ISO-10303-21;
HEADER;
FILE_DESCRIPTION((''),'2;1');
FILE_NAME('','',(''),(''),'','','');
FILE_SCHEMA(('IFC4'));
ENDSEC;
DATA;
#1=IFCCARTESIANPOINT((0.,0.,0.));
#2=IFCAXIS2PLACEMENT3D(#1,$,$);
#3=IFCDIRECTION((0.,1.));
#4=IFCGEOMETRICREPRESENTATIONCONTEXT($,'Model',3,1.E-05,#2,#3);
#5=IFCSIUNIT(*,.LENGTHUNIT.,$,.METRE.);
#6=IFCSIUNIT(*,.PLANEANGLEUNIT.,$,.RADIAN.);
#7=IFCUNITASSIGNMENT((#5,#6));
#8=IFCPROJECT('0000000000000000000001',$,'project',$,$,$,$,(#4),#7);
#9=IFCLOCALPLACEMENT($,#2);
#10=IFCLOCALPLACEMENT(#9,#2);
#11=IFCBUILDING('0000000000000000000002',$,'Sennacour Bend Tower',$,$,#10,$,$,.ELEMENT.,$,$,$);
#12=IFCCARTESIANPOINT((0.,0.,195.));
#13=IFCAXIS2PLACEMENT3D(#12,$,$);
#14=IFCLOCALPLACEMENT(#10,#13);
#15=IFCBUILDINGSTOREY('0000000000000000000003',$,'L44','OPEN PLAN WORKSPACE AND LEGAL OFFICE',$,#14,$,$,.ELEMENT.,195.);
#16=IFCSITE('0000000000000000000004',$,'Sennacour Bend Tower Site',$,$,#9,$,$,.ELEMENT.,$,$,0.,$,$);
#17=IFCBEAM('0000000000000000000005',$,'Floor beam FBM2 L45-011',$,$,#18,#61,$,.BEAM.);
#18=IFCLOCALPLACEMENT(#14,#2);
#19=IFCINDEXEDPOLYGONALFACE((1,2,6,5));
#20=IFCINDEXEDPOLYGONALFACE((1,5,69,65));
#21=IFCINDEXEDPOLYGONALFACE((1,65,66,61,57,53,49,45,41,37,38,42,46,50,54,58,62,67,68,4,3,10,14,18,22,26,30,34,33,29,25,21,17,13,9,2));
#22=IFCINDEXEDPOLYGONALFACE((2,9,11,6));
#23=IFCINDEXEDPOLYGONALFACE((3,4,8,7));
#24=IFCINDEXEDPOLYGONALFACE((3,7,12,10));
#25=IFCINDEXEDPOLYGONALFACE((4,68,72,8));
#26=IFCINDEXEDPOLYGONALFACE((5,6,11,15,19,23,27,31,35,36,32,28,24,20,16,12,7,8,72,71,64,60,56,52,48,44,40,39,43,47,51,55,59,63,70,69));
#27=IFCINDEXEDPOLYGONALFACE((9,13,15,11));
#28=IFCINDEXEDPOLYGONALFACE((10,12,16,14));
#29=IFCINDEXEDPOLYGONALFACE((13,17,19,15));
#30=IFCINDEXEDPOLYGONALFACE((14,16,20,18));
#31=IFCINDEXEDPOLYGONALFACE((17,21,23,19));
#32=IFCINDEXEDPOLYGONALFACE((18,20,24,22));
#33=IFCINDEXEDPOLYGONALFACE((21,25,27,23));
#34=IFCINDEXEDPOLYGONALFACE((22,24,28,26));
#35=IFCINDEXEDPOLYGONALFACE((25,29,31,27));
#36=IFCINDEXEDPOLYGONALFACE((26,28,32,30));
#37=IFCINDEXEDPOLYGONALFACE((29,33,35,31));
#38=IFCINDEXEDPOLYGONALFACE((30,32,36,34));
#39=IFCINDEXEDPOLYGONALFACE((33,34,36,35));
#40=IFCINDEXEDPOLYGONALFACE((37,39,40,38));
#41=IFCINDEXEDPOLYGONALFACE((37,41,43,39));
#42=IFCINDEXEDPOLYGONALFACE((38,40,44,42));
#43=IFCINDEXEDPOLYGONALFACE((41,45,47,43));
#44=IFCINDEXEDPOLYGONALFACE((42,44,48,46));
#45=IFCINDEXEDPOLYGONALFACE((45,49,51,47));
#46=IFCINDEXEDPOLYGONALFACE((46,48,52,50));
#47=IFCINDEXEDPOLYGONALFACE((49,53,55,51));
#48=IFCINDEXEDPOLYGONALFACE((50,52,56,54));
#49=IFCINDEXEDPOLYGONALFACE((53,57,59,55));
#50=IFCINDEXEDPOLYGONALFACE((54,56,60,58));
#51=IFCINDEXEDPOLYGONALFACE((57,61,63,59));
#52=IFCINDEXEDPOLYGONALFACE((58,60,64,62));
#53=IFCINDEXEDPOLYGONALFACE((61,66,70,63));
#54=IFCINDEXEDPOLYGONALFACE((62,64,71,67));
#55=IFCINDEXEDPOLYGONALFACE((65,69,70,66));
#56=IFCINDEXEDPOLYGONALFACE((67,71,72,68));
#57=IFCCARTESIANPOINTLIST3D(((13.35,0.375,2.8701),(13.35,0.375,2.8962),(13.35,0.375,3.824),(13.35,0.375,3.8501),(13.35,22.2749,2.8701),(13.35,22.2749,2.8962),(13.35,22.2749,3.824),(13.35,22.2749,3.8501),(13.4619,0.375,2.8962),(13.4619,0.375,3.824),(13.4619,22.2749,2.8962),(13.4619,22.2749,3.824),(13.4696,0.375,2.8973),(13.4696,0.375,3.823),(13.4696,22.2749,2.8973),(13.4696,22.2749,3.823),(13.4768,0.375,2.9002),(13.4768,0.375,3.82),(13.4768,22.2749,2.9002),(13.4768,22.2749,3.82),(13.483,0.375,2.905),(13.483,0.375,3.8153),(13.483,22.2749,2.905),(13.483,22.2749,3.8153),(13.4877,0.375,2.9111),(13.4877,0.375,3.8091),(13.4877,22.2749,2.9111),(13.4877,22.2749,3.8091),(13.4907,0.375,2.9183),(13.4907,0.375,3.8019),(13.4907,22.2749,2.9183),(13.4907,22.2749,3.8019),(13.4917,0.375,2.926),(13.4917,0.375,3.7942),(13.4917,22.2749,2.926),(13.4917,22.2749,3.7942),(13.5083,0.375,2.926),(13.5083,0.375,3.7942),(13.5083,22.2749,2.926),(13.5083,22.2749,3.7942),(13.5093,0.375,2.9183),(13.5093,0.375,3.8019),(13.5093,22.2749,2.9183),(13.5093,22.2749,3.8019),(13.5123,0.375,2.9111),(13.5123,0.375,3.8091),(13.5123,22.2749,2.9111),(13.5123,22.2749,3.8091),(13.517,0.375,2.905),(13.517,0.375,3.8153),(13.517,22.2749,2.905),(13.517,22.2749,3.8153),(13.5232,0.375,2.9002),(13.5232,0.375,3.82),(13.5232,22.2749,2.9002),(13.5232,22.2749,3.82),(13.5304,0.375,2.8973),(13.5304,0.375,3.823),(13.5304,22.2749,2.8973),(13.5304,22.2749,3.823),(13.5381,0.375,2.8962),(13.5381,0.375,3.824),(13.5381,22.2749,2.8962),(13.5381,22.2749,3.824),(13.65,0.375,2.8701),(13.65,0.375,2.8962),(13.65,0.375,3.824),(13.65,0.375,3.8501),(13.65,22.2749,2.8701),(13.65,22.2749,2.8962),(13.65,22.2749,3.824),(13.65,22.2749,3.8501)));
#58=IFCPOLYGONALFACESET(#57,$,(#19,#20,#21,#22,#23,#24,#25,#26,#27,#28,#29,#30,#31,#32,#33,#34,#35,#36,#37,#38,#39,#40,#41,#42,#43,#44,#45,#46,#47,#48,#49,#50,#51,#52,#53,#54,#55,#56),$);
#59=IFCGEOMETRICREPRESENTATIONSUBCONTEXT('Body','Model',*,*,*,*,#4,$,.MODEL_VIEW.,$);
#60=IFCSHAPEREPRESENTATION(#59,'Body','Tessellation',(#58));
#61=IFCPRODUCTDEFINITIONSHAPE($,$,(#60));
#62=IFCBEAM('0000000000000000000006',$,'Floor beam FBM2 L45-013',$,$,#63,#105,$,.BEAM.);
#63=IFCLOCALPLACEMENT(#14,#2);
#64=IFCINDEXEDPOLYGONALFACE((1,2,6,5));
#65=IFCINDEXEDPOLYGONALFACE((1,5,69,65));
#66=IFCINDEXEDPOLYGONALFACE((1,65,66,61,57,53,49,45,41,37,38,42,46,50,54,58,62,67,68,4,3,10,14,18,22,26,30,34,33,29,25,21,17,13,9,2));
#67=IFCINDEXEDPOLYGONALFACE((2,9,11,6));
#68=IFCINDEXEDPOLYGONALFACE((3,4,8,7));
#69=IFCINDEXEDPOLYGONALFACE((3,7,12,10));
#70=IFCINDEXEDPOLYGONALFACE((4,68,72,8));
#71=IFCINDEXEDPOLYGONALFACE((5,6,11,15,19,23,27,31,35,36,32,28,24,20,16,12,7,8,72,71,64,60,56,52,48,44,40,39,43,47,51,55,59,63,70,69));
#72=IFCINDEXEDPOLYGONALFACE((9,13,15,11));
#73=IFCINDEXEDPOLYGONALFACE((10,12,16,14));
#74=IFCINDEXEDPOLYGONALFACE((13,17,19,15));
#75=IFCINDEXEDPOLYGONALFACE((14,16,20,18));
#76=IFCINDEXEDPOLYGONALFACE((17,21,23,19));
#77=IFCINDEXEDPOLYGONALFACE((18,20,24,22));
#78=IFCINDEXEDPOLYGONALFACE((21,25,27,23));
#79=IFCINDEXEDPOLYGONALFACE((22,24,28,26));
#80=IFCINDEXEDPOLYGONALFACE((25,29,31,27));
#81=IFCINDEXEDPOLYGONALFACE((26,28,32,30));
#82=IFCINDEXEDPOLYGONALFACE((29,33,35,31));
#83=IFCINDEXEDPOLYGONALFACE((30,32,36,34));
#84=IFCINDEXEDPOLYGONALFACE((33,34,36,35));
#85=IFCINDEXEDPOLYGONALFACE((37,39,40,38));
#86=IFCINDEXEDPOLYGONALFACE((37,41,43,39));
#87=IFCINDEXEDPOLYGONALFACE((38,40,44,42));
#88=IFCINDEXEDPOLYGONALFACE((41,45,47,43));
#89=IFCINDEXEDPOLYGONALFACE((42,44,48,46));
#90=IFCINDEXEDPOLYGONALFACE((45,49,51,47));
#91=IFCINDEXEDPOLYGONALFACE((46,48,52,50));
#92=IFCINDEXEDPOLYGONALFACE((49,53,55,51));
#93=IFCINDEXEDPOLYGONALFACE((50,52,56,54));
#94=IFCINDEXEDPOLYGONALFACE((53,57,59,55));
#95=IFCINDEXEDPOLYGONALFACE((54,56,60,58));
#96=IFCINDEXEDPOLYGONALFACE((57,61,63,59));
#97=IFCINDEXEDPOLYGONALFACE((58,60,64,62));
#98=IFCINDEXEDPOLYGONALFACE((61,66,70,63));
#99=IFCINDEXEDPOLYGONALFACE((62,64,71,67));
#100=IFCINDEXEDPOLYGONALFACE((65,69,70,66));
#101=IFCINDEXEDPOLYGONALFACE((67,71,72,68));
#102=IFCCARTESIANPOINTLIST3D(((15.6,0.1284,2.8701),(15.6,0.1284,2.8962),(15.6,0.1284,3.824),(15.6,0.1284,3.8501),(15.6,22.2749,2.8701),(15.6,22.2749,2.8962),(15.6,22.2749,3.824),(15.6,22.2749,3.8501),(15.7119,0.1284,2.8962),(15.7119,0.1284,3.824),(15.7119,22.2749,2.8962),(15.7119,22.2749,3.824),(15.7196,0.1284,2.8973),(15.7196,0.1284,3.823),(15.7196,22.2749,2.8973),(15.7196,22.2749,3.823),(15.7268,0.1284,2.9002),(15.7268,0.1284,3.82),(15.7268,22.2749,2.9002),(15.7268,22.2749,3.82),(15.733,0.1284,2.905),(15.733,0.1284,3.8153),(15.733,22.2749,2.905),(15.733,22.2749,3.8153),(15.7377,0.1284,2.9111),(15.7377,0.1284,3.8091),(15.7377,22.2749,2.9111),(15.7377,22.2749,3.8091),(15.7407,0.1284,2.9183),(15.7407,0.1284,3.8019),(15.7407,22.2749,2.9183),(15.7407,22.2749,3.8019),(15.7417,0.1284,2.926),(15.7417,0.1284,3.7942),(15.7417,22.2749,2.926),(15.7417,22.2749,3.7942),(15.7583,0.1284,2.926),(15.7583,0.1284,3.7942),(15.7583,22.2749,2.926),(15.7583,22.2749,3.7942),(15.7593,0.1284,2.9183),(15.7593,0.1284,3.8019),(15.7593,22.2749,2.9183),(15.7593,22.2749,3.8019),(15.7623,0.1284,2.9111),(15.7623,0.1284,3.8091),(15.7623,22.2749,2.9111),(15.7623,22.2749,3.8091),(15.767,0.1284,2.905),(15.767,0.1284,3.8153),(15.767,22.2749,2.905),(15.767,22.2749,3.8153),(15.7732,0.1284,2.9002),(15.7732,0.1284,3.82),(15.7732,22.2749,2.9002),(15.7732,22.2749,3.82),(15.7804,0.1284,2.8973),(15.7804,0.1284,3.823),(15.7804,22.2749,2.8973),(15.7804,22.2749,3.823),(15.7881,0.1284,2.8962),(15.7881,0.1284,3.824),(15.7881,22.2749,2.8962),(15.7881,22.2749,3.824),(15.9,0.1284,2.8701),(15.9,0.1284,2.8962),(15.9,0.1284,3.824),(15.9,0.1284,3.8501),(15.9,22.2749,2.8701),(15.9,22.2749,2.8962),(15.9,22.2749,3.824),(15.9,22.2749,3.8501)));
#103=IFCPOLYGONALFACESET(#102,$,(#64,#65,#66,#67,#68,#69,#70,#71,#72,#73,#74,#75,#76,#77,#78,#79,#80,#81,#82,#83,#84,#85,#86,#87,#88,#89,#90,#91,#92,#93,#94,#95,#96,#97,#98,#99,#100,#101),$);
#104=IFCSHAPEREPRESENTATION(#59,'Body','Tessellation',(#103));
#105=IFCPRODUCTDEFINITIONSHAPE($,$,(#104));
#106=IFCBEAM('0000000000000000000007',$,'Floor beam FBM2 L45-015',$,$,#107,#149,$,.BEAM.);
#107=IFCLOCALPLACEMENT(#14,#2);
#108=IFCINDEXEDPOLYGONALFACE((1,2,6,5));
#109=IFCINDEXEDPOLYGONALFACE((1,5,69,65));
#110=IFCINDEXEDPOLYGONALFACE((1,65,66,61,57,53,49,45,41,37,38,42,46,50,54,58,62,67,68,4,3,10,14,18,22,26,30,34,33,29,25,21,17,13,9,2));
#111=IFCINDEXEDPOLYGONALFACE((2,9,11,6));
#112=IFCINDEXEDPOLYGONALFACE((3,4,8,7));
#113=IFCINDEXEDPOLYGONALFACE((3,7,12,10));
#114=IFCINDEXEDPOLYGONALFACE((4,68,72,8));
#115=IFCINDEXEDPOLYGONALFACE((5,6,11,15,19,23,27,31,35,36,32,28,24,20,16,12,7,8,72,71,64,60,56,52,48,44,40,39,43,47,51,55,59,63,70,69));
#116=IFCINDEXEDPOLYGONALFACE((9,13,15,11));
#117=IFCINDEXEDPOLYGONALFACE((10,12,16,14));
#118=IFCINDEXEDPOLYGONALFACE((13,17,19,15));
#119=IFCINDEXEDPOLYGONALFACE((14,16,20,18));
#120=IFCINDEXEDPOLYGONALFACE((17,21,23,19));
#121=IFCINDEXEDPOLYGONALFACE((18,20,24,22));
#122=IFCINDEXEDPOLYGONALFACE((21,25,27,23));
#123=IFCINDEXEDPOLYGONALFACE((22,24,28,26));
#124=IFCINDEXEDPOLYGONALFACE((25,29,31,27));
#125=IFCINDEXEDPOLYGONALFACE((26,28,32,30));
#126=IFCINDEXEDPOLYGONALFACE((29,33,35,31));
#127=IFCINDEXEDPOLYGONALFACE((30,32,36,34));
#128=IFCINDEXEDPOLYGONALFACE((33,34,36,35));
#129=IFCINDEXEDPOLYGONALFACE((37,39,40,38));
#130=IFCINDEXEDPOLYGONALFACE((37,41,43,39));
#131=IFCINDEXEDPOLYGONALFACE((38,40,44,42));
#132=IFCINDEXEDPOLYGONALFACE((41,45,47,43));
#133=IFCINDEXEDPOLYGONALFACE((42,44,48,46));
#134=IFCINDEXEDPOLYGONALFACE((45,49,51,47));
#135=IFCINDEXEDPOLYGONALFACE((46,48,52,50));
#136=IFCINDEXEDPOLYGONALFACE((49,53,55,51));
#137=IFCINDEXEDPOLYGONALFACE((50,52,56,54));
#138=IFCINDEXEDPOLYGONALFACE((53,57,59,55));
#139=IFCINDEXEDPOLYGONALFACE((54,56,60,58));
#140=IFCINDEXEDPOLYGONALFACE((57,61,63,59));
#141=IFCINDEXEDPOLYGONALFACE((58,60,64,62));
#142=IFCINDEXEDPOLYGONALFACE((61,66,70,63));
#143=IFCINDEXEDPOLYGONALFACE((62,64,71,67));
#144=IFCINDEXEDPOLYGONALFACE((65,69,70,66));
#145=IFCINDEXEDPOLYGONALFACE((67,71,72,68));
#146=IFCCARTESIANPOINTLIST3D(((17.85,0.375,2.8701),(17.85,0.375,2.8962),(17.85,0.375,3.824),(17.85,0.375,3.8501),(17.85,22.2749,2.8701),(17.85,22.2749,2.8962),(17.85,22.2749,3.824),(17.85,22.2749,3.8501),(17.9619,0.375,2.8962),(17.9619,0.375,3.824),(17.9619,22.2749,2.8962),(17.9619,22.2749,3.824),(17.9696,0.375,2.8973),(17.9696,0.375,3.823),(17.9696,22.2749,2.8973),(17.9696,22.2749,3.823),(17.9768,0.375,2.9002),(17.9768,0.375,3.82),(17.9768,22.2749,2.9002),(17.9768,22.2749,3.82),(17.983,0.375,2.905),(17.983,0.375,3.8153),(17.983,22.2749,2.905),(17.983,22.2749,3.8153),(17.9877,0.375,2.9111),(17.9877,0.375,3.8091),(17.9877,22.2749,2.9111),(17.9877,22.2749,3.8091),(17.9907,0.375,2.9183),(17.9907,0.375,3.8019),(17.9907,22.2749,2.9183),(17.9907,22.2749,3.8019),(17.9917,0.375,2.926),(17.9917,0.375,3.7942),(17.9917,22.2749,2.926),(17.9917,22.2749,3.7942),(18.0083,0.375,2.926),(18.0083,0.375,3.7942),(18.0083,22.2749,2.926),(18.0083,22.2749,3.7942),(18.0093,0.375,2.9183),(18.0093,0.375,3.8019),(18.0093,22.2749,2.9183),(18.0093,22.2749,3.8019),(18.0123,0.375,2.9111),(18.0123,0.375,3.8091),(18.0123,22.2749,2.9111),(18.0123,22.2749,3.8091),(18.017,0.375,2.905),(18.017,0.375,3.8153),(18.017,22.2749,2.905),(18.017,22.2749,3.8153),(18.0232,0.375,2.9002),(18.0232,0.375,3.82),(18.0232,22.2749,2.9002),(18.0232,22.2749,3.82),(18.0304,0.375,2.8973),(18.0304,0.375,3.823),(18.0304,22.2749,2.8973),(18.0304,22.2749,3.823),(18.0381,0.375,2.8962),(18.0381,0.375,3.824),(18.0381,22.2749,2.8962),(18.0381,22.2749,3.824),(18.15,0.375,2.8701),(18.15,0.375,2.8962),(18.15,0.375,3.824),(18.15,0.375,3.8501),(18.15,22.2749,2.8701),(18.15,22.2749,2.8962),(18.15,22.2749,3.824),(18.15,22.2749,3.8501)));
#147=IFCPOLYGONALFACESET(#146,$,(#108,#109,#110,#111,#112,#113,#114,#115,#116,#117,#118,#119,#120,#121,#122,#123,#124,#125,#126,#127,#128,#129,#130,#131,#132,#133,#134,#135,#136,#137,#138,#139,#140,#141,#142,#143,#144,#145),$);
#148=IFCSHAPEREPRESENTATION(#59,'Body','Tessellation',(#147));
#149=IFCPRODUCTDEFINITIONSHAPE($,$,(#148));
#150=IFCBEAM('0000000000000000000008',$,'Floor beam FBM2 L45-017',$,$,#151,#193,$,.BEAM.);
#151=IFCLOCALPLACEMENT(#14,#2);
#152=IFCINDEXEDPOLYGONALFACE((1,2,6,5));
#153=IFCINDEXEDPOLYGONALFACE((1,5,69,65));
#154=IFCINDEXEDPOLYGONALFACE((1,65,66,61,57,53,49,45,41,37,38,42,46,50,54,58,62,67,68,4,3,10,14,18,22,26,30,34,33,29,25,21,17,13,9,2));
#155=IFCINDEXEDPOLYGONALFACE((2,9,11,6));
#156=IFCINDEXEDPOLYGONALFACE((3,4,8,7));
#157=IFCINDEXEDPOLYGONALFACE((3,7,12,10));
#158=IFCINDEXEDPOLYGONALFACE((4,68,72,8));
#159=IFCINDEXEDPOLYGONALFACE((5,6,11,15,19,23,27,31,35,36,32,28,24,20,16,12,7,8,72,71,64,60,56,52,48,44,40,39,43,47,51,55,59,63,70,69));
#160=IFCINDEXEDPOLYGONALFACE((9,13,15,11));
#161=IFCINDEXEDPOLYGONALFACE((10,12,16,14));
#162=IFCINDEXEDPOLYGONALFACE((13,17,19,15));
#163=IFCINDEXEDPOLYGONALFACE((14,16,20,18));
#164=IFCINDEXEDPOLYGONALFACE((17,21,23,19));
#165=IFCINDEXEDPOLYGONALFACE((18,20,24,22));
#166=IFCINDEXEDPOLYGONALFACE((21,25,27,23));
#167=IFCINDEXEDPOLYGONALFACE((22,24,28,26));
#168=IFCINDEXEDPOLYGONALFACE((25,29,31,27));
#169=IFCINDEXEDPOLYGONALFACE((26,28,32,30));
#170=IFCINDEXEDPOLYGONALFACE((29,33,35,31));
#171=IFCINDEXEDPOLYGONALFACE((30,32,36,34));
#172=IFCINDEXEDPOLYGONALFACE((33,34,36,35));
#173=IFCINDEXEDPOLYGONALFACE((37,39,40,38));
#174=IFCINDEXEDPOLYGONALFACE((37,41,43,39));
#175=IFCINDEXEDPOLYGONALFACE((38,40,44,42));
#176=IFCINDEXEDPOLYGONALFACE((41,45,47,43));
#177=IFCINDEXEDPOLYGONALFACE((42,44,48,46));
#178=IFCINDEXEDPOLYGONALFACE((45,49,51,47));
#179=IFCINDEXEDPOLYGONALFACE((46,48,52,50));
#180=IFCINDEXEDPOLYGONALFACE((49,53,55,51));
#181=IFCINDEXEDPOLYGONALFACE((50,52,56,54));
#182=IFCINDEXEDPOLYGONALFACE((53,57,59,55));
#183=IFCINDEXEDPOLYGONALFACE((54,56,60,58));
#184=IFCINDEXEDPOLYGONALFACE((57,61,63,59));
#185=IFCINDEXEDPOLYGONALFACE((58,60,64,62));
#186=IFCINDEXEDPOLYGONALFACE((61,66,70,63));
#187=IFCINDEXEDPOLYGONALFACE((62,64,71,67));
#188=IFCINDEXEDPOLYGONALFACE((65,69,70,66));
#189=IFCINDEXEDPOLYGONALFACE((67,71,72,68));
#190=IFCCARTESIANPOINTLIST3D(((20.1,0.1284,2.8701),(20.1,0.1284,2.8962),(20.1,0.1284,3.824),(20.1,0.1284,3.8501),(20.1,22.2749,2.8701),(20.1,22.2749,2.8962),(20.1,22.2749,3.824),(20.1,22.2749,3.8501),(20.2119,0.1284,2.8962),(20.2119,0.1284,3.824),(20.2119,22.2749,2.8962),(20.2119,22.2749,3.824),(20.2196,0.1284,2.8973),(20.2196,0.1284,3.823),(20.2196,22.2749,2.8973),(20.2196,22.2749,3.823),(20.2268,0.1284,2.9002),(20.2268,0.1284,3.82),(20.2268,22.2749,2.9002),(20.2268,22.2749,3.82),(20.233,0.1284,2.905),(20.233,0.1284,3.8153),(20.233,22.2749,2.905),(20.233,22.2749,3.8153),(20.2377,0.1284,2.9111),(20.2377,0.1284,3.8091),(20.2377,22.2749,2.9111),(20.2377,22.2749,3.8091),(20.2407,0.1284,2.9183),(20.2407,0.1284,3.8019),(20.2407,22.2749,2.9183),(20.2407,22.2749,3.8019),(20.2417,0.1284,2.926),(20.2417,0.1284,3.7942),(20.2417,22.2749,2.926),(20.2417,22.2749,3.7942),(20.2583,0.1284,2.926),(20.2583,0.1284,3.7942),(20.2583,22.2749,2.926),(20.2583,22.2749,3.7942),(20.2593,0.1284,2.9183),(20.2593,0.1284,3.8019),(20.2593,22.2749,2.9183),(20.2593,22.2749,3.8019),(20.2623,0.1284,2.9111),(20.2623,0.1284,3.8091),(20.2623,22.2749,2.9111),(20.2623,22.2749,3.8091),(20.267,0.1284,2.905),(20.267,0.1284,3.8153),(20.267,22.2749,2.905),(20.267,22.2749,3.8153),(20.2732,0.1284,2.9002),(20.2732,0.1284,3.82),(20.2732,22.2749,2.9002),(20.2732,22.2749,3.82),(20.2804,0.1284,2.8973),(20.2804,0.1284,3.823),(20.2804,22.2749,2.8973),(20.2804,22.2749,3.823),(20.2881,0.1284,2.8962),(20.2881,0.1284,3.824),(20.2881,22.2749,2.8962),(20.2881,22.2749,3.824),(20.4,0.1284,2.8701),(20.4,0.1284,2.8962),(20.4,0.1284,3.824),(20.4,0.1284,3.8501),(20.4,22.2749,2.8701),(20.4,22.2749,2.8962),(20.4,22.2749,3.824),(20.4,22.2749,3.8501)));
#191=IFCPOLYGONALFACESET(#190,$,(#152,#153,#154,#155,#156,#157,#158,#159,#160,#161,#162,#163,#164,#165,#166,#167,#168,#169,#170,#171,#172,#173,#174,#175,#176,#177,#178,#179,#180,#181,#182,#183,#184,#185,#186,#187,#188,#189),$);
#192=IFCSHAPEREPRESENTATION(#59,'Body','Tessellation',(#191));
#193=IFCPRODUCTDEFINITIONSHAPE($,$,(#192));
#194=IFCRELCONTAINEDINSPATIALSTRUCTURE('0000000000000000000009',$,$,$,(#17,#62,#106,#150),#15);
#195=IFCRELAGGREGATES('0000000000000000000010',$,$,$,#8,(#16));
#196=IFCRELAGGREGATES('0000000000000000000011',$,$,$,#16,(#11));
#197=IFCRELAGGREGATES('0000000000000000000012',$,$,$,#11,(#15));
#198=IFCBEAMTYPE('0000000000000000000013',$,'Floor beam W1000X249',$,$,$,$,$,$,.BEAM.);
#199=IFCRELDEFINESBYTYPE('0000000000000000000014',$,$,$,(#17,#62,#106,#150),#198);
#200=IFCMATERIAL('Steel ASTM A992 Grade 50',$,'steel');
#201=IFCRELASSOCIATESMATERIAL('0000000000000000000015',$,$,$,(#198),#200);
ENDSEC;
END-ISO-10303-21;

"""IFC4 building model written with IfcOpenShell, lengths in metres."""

from ifc_helpers import new_model, si_unit, direction, frame, origin, origin_2d, place, context, subcontext, project, spatial, i_section, extrude, material, material_profile, profile_set, type_object, element, save


model = new_model("IFC4")

# Units and contexts
model_context = context("Model", 3, precision=1e-05, world=origin(), true_north=direction((0.0, 1.0)))
body_context = subcontext(model_context, "Body", "Model", "MODEL_VIEW")
ifc_project = project(units=[si_unit("LENGTHUNIT", "METRE"), si_unit("PLANEANGLEUNIT", "RADIAN")], contexts=[model_context])

# Site, building, storey
site_placement = place(None, origin())
site = spatial("IfcSite", under=ifc_project, at=site_placement, Name="Sennacour Bend Tower Site", CompositionType="ELEMENT", RefElevation=0.0)
building_placement = place(site_placement, origin())
building = spatial("IfcBuilding", under=site, at=building_placement, Name="Sennacour Bend Tower", CompositionType="ELEMENT")
storey_placement = place(building_placement, frame((0.0, 0.0, 195.0)))
storey = spatial("IfcBuildingStorey", under=building, at=storey_placement, Name="L44", Description="OPEN PLAN WORKSPACE AND LEGAL OFFICE", CompositionType="ELEMENT", Elevation=195.0)

# Beams
ifc_material_1 = material(Name="Steel ASTM A992 Grade 50", Category="steel")
ifc_material_profile = material_profile(ifc_material_1, i_section(OverallWidth=0.3, OverallDepth=0.98, WebThickness=0.0166, FlangeThickness=0.0261, FilletRadius=0.0298, at=origin_2d()), Name="Steel ASTM A992 Grade 50", Category="steel")
ifc_profile_set = profile_set([ifc_material_profile], Name="Steel ASTM A992 Grade 50")
beam_type = type_object("IfcBeamType", Name="Floor beam W1000X249", PredefinedType="BEAM", material=ifc_profile_set)
beam_1_placement = place(storey_placement, frame((13.5, 0.375, 3.3601), z_axis=(0.0, 1.0, 0.0), x_axis=(-1.0, 0.0, 0.0)))
element("IfcBeam", 1, at=beam_1_placement, inside=storey, type_object=beam_type, Name="Floor beam FBM2 L45-011", PredefinedType="BEAM", context=body_context, shape_type="SweptSolid", body=[
    extrude(i_section(OverallWidth=0.3, OverallDepth=0.98, WebThickness=0.0166, FlangeThickness=0.0261, FilletRadius=0.0298, at=origin_2d()), origin(), (0.0, 0.0, 1.0), 21.8999),
])
beam_2_placement = place(storey_placement, frame((15.75, 0.1284, 3.3601), z_axis=(0.0, 1.0, 0.0), x_axis=(-1.0, 0.0, 0.0)))
element("IfcBeam", 2, at=beam_2_placement, inside=storey, type_object=beam_type, Name="Floor beam FBM2 L45-013", PredefinedType="BEAM", context=body_context, shape_type="SweptSolid", body=[
    extrude(i_section(OverallWidth=0.3, OverallDepth=0.98, WebThickness=0.0166, FlangeThickness=0.0261, FilletRadius=0.0298, at=origin_2d()), origin(), (0.0, 0.0, 1.0), 22.1465),
])
beam_3_placement = place(storey_placement, frame((18.0, 0.375, 3.3601), z_axis=(0.0, 1.0, 0.0), x_axis=(-1.0, 0.0, 0.0)))
element("IfcBeam", 3, at=beam_3_placement, inside=storey, type_object=beam_type, Name="Floor beam FBM2 L45-015", PredefinedType="BEAM", context=body_context, shape_type="SweptSolid", body=[
    extrude(i_section(OverallWidth=0.3, OverallDepth=0.98, WebThickness=0.0166, FlangeThickness=0.0261, FilletRadius=0.0298, at=origin_2d()), origin(), (0.0, 0.0, 1.0), 21.8999),
])
beam_4_placement = place(storey_placement, frame((20.25, 0.1284, 3.3601), z_axis=(0.0, 1.0, 0.0), x_axis=(-1.0, 0.0, 0.0)))
element("IfcBeam", 4, at=beam_4_placement, inside=storey, type_object=beam_type, Name="Floor beam FBM2 L45-017", PredefinedType="BEAM", context=body_context, shape_type="SweptSolid", body=[
    extrude(i_section(OverallWidth=0.3, OverallDepth=0.98, WebThickness=0.0166, FlangeThickness=0.0261, FilletRadius=0.0298, at=origin_2d()), origin(), (0.0, 0.0, 1.0), 22.1465),
])

save(model, "model.ifc")
